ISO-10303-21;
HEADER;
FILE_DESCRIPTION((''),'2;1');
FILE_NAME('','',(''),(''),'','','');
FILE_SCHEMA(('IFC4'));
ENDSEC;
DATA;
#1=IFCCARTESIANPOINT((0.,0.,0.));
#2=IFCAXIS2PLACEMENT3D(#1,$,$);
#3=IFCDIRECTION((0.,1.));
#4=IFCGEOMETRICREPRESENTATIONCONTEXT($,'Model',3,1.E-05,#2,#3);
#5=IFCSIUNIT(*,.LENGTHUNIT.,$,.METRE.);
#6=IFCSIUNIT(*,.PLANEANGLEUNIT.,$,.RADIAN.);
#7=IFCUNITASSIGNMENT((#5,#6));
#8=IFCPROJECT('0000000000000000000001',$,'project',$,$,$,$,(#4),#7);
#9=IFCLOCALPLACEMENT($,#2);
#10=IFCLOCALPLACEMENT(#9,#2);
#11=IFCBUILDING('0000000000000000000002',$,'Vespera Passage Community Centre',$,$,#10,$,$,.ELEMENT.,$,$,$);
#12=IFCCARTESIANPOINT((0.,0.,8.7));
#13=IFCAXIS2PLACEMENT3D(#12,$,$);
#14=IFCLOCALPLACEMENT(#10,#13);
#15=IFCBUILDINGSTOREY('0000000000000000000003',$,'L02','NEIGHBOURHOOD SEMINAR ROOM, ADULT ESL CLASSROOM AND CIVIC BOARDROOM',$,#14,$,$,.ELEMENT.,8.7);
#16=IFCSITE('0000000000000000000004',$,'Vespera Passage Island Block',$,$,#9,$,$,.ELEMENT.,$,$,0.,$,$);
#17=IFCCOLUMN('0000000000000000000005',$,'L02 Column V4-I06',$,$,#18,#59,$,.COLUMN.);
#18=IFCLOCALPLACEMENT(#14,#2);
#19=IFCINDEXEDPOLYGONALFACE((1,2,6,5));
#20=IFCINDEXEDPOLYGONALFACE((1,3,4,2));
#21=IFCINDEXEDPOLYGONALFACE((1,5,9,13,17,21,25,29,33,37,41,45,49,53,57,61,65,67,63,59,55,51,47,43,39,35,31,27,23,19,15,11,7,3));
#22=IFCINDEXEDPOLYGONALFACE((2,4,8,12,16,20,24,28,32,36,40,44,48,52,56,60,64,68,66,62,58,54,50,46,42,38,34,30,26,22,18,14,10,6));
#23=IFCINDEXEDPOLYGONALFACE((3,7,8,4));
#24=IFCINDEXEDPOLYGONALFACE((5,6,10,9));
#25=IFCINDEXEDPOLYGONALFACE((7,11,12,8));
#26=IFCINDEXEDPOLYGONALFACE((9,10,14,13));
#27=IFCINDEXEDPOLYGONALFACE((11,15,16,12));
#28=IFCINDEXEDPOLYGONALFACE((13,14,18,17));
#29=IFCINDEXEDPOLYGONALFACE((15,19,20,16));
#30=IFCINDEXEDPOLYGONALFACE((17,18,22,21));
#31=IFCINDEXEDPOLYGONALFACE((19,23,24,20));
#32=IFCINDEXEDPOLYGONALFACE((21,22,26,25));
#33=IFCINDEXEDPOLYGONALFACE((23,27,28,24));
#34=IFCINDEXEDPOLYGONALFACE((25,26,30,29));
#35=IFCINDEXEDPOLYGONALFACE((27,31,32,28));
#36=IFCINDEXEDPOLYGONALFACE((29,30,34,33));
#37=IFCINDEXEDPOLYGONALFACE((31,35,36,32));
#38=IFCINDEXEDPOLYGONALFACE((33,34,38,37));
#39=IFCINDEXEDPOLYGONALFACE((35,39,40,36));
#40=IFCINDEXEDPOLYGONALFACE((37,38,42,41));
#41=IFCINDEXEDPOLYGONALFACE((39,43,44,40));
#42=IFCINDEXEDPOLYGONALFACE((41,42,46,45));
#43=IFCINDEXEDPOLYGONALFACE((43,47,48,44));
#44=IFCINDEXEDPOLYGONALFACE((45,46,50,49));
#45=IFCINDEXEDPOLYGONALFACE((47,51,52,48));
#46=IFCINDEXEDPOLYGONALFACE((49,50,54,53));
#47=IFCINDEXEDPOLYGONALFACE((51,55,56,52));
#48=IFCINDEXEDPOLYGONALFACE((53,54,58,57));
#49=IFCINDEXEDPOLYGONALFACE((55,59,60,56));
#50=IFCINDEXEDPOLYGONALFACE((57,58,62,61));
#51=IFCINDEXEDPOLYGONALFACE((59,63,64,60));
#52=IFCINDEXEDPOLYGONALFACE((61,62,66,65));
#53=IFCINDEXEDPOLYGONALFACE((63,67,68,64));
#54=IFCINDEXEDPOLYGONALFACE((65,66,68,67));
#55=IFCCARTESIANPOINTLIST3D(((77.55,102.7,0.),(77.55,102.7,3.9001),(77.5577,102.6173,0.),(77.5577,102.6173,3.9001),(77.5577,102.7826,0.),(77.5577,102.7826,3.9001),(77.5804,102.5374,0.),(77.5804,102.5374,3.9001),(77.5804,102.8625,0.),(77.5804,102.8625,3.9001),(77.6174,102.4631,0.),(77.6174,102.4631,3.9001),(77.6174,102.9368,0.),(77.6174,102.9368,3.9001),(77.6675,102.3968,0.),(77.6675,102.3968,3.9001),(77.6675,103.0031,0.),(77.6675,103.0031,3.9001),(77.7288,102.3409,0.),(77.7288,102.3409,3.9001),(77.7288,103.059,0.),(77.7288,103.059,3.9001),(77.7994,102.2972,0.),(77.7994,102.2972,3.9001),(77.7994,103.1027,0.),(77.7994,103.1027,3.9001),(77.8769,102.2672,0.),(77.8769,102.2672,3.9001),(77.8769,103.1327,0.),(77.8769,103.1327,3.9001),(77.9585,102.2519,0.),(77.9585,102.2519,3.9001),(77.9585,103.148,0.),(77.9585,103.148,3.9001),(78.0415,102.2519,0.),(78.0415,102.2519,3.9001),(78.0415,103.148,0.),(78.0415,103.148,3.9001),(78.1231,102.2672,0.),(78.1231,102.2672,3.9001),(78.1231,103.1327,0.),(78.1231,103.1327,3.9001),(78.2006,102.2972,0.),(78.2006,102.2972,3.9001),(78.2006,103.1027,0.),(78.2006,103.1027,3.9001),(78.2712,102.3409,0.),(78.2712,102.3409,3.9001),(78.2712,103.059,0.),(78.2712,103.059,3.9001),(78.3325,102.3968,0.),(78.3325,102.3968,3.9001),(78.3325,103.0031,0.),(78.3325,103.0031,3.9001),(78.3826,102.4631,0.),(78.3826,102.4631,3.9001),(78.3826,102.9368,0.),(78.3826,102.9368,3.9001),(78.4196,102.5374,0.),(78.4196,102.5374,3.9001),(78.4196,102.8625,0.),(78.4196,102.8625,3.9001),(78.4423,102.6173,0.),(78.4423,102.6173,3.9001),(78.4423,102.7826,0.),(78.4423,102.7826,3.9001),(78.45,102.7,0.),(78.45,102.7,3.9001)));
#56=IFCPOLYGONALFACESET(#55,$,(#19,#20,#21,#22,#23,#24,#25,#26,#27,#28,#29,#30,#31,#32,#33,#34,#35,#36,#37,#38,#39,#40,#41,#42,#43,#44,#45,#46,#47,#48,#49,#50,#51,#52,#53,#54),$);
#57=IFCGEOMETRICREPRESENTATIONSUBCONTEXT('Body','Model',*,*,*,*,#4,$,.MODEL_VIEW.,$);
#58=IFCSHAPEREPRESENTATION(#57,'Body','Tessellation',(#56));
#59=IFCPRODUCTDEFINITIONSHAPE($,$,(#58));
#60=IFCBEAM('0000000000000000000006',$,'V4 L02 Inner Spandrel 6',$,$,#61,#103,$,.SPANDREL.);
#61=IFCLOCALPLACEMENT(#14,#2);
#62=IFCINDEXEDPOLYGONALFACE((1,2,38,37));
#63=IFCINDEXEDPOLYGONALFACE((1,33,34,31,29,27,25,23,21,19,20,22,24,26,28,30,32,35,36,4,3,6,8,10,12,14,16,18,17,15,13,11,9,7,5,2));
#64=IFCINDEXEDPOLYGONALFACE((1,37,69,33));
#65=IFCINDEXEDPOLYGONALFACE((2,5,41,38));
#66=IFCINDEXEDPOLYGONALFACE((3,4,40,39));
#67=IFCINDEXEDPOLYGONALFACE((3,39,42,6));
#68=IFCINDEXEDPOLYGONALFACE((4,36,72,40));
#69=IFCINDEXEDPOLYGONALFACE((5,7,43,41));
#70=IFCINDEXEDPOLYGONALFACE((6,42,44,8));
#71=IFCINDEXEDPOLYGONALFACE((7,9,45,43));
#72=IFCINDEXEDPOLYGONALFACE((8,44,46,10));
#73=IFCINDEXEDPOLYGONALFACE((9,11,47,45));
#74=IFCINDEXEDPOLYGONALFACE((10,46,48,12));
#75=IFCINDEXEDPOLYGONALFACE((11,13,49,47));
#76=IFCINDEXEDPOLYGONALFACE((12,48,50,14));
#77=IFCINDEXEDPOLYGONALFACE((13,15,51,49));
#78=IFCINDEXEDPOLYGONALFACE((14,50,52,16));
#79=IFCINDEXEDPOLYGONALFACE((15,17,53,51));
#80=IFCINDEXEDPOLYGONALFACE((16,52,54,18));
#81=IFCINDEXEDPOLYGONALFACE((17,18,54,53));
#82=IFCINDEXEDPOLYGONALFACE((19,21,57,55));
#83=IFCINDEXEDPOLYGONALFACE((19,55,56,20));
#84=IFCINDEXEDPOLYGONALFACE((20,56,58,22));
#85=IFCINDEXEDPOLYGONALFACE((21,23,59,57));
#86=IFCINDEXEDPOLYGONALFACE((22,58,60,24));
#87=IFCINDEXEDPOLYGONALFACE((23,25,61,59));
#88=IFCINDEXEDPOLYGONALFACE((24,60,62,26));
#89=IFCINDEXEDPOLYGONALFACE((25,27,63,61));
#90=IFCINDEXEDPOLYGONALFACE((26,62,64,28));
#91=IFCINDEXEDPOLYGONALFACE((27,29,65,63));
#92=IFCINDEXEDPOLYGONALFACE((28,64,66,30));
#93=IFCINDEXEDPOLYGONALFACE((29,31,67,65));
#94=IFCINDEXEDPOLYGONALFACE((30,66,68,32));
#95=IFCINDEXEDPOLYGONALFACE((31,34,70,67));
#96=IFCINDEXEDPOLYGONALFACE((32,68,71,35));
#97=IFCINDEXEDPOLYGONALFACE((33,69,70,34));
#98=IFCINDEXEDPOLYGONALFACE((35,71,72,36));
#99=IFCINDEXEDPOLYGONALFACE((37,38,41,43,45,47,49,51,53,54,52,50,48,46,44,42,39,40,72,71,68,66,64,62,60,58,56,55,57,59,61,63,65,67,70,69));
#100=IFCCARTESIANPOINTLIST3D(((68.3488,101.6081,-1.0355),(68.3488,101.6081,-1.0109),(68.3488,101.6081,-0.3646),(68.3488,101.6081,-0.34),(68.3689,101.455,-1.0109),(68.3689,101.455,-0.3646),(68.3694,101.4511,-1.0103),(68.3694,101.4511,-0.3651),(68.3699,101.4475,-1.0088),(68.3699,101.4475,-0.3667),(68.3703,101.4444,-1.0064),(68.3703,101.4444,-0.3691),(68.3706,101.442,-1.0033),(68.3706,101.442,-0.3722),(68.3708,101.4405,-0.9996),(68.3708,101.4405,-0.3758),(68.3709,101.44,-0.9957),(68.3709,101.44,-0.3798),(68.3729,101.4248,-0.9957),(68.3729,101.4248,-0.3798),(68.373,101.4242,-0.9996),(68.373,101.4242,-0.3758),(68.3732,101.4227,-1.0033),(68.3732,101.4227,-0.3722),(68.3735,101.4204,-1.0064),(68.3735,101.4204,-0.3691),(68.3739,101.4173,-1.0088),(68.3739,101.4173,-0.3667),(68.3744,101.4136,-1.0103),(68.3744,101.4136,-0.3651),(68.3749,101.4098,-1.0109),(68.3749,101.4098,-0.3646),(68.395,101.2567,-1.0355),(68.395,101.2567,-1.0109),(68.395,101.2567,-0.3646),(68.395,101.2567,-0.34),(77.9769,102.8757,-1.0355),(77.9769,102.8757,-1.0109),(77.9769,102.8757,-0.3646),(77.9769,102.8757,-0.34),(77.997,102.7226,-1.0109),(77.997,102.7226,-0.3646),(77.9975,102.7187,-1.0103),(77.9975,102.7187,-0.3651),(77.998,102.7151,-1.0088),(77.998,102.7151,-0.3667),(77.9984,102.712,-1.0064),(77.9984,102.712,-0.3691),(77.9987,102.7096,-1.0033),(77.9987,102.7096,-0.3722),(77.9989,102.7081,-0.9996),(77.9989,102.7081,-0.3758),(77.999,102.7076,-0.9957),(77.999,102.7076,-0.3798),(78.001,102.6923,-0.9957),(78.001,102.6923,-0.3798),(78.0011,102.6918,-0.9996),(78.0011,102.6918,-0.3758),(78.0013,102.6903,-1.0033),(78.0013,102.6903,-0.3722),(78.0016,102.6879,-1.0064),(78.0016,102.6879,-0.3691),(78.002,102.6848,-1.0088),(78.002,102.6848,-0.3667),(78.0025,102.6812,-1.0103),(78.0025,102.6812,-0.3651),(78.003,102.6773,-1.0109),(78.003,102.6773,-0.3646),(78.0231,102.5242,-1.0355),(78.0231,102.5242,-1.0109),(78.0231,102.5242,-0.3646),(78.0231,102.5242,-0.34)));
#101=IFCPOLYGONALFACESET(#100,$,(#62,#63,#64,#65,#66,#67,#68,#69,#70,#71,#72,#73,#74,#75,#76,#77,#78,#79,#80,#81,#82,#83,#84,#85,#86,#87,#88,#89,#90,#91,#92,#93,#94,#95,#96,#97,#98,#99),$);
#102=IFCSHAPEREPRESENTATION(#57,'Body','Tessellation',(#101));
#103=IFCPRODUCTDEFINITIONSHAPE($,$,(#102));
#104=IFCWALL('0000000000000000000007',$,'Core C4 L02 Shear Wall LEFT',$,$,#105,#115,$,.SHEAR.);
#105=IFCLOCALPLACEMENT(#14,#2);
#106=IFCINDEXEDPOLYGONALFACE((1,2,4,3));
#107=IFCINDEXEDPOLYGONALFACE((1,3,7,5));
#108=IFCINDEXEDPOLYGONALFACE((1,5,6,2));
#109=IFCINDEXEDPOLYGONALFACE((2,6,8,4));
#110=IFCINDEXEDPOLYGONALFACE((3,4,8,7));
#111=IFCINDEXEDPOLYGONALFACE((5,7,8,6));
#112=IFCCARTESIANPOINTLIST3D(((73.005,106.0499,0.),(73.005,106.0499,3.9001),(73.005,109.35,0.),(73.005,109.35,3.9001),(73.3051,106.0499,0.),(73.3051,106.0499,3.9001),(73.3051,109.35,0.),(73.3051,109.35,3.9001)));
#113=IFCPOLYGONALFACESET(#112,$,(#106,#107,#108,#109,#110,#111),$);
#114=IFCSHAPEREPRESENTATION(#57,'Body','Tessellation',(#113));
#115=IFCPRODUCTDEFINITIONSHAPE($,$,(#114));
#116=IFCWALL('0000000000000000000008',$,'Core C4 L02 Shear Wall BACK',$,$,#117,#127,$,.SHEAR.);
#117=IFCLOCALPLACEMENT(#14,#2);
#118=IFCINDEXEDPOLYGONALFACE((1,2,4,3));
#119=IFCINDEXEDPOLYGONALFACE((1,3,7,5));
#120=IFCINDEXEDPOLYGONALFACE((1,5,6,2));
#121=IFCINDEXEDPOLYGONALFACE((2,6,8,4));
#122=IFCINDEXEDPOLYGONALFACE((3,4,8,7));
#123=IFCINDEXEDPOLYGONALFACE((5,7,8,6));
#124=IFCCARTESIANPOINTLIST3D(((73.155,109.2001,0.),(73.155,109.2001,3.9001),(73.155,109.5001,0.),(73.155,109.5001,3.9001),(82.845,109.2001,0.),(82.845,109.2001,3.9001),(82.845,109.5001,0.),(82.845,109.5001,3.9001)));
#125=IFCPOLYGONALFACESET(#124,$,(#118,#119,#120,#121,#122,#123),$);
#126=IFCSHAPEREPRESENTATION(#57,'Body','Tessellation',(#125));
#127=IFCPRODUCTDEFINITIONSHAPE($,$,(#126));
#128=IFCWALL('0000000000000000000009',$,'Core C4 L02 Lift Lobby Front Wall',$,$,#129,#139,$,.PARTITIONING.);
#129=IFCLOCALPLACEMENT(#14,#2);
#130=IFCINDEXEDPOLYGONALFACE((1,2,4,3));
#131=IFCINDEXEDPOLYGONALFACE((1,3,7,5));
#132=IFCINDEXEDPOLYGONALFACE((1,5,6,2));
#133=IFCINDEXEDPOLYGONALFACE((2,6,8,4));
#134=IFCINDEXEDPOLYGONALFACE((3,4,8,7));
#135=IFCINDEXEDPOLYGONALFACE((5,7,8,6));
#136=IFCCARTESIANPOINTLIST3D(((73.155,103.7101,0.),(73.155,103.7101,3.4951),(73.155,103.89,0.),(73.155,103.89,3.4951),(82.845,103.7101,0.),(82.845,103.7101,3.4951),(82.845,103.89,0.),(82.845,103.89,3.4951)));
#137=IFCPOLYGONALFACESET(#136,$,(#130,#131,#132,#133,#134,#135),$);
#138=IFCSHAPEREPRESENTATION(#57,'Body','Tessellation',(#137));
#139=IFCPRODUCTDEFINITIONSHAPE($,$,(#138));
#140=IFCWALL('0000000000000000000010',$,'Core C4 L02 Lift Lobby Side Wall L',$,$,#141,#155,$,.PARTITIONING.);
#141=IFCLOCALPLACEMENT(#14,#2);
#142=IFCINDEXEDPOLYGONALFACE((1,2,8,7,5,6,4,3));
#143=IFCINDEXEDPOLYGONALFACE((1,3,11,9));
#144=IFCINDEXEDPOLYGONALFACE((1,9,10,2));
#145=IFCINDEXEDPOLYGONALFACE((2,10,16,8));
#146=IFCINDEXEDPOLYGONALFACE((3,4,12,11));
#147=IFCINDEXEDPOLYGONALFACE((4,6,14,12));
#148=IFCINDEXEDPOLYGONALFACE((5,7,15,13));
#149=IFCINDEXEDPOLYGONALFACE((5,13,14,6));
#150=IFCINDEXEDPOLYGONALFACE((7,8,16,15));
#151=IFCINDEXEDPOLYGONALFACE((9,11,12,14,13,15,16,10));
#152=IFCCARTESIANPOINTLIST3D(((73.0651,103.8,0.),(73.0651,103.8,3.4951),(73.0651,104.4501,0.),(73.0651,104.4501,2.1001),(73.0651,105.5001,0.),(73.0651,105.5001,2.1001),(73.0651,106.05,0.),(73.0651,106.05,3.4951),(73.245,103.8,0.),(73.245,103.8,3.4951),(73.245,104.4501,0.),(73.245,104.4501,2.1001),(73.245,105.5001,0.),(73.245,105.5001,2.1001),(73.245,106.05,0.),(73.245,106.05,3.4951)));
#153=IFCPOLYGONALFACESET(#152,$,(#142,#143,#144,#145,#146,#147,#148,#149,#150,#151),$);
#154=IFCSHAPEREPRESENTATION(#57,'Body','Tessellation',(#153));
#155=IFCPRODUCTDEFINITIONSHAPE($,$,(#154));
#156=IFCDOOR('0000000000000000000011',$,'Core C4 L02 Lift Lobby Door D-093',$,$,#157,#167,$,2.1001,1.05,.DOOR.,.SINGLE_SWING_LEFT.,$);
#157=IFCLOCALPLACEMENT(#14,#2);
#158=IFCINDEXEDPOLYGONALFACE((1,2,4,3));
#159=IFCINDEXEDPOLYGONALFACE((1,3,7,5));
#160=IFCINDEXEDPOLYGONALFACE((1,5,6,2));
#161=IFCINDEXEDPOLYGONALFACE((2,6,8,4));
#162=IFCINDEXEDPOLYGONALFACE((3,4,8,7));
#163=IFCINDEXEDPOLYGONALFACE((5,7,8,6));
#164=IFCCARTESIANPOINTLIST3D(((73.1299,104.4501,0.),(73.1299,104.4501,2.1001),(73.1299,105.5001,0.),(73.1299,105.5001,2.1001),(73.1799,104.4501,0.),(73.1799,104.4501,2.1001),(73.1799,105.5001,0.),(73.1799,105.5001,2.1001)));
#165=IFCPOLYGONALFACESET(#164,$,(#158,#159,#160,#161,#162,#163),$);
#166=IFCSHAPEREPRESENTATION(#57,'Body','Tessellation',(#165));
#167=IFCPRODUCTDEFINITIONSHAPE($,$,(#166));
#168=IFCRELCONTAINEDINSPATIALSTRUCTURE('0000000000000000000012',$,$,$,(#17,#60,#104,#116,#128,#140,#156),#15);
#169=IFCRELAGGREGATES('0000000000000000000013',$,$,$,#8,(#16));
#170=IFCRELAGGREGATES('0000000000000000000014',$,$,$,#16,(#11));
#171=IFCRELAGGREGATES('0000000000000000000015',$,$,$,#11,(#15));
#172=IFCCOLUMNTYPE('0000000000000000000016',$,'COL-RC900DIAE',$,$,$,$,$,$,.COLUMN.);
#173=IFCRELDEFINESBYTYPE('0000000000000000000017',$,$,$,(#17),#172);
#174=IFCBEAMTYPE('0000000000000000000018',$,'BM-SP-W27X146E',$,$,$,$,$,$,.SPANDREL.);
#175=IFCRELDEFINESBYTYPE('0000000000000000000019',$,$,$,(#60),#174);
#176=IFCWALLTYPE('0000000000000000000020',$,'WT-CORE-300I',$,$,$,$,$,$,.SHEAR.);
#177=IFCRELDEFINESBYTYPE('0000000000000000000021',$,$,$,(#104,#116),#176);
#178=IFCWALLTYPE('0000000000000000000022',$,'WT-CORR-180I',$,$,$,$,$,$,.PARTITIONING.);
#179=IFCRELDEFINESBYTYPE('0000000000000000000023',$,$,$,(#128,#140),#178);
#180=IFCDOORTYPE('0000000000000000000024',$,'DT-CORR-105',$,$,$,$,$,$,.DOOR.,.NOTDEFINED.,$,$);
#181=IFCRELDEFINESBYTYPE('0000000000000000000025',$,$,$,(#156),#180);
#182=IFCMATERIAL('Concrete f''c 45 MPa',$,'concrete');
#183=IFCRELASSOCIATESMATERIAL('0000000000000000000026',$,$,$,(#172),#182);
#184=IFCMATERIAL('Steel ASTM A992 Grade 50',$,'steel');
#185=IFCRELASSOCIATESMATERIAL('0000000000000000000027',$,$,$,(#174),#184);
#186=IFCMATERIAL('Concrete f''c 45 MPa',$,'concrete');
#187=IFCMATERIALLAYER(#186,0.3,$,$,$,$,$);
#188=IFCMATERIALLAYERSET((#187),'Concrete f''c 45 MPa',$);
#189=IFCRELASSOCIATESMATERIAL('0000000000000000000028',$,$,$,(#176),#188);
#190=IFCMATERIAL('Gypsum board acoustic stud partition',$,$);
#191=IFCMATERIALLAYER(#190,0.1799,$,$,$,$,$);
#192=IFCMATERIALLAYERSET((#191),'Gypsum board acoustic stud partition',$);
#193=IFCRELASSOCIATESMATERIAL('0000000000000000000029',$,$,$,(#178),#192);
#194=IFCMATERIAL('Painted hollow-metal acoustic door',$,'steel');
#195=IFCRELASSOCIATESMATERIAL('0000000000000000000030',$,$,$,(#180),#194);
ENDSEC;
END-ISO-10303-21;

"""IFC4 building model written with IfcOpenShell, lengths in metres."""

from ifc_helpers import new_model, si_unit, direction, frame, frame_2d, origin, origin_2d, place, context, subcontext, project, spatial, rectangle, circle, i_section, extrude, material, layer, layer_set, material_profile, profile_set, type_object, element, fill, save


model = new_model("IFC4")

# Units and contexts
model_context = context("Model", 3, precision=1e-05, world=origin(), true_north=direction((0.0, 1.0)))
body_context = subcontext(model_context, "Body", "Model", "MODEL_VIEW")
ifc_project = project(units=[si_unit("LENGTHUNIT", "METRE"), si_unit("PLANEANGLEUNIT", "RADIAN")], contexts=[model_context])

# Site, building, storey
site_placement = place(None, origin())
site = spatial("IfcSite", under=ifc_project, at=site_placement, Name="Vespera Passage Island Block", CompositionType="ELEMENT", RefElevation=0.0)
building_placement = place(site_placement, origin())
building = spatial("IfcBuilding", under=site, at=building_placement, Name="Vespera Passage Community Centre", CompositionType="ELEMENT")
storey_placement = place(building_placement, frame((0.0, 0.0, 8.7)))
storey = spatial("IfcBuildingStorey", under=building, at=storey_placement, Name="L02", Description="NEIGHBOURHOOD SEMINAR ROOM, ADULT ESL CLASSROOM AND CIVIC BOARDROOM", CompositionType="ELEMENT", Elevation=8.7)

# Column
ifc_material_1 = material(Name="Concrete f'c 45 MPa", Category="concrete")
ifc_material_profile_1 = material_profile(ifc_material_1, circle(Radius=0.45, at=origin_2d()), Name="RC900DIA")
ifc_profile_set_1 = profile_set([ifc_material_profile_1], Name="Concrete f'c 45 MPa")
column_type = type_object("IfcColumnType", Name="COL-RC900DIAE", PredefinedType="COLUMN", material=ifc_profile_set_1)
column_placement = place(storey_placement, frame((78.0, 102.7, 0.0), z_axis=(0.0, 0.0, 1.0), x_axis=(1.0, 0.0, 0.0)))
element("IfcColumn", 1, at=column_placement, inside=storey, type_object=column_type, Name="L02 Column V4-I06", PredefinedType="COLUMN", context=body_context, shape_type="SweptSolid", body=[
    extrude(circle(Radius=0.45, at=origin_2d()), origin(), (0.0, 0.0, 1.0), 3.9001),
])

# Beam
ifc_material_2 = material(Name="Steel ASTM A992 Grade 50", Category="steel")
ifc_material_profile_2 = material_profile(ifc_material_2, i_section(OverallWidth=0.3545, OverallDepth=0.6956, WebThickness=0.0154, FlangeThickness=0.0247, FilletRadius=0.0151, at=origin_2d()), Name="W27X146")
ifc_profile_set_2 = profile_set([ifc_material_profile_2], Name="Steel ASTM A992 Grade 50")
beam_type = type_object("IfcBeamType", Name="BM-SP-W27X146E", PredefinedType="SPANDREL", material=ifc_profile_set_2)
beam_placement = place(storey_placement, frame((78.0, 102.7, -0.6877), z_axis=(-0.991445, -0.130527, 0.0), x_axis=(0.130527, -0.991445, 0.0)))
element("IfcBeam", 2, at=beam_placement, inside=storey, type_object=beam_type, Name="V4 L02 Inner Spandrel 6", PredefinedType="SPANDREL", context=body_context, shape_type="SweptSolid", body=[
    extrude(i_section(OverallWidth=0.3545, OverallDepth=0.6956, WebThickness=0.0154, FlangeThickness=0.0247, FilletRadius=0.0151, at=origin_2d()), origin(), (0.0, 0.0, 1.0), 9.7112),
])

# Walls
ifc_material_3 = material(Name="Concrete f'c 45 MPa", Category="concrete")
ifc_layer_1 = layer(ifc_material_3, 0.3)
ifc_layer_set_1 = layer_set([ifc_layer_1], Name="Concrete f'c 45 MPa")
wall_type_1 = type_object("IfcWallType", Name="WT-CORE-300I", PredefinedType="SHEAR", material=ifc_layer_set_1)
wall_1_placement = place(storey_placement, frame((73.155, 106.05, 0.0), z_axis=(0.0, 0.0, 1.0), x_axis=(0.0, 1.0, 0.0)))
element("IfcWall", 3, at=wall_1_placement, inside=storey, type_object=wall_type_1, Name="Core C4 L02 Shear Wall LEFT", PredefinedType="SHEAR", context=body_context, shape_type="SweptSolid", body=[
    extrude(rectangle(XDim=3.3, YDim=0.3, at=frame_2d((1.6499, 0.0))), origin(), (0.0, 0.0, 1.0), 3.9001),
])
wall_2_placement = place(storey_placement, frame((73.155, 109.3501, 0.0), z_axis=(0.0, 0.0, 1.0), x_axis=(1.0, 0.0, 0.0)))
element("IfcWall", 4, at=wall_2_placement, inside=storey, type_object=wall_type_1, Name="Core C4 L02 Shear Wall BACK", PredefinedType="SHEAR", context=body_context, shape_type="SweptSolid", body=[
    extrude(rectangle(XDim=9.6899, YDim=0.3, at=frame_2d((4.845, 0.0))), origin(), (0.0, 0.0, 1.0), 3.9001),
])
ifc_material_4 = material(Name="Gypsum board acoustic stud partition")
ifc_layer_2 = layer(ifc_material_4, 0.1799)
ifc_layer_set_2 = layer_set([ifc_layer_2], Name="Gypsum board acoustic stud partition")
wall_type_2 = type_object("IfcWallType", Name="WT-CORR-180I", PredefinedType="PARTITIONING", material=ifc_layer_set_2)
wall_3_placement = place(storey_placement, frame((73.155, 103.8, 0.0), z_axis=(0.0, 0.0, 1.0), x_axis=(1.0, 0.0, 0.0)))
element("IfcWall", 5, at=wall_3_placement, inside=storey, type_object=wall_type_2, Name="Core C4 L02 Lift Lobby Front Wall", PredefinedType="PARTITIONING", context=body_context, shape_type="SweptSolid", body=[
    extrude(rectangle(XDim=9.6899, YDim=0.1799, at=frame_2d((4.845, 0.0))), origin(), (0.0, 0.0, 1.0), 3.4951),
])

# Wall, opening, door
wall_4_placement = place(storey_placement, frame((73.155, 106.05, 0.0), z_axis=(0.0, 0.0, 1.0), x_axis=(0.0, -1.0, 0.0)))
wall_4 = element("IfcWall", 6, at=wall_4_placement, inside=storey, type_object=wall_type_2, Name="Core C4 L02 Lift Lobby Side Wall L", PredefinedType="PARTITIONING", context=body_context, shape_type="SweptSolid", body=[
    extrude(rectangle(XDim=2.25, YDim=0.1799, at=frame_2d((1.125, 0.0))), origin(), (0.0, 0.0, 1.0), 3.4951),
])
opening_1_placement = place(wall_4_placement, frame((0.55, 0.0, 0.0)))
opening_1 = element("IfcOpeningElement", 7, at=opening_1_placement, cuts=wall_4, PredefinedType="OPENING", context=body_context, shape_type="SweptSolid", body=[
    extrude(rectangle(XDim=1.05, YDim=2.1001, at=frame_2d((0.5249, 1.05))), frame((0.0, 0.0999, 0.0), z_axis=(0.0, -1.0, 0.0), x_axis=(1.0, 0.0, 0.0)), (0.0, 0.0, 1.0), 0.2),
])
ifc_material_5 = material(Name="Painted hollow-metal acoustic door", Category="steel")
door_type_1 = type_object("IfcDoorType", Name="DT-CORR-105", OperationType="NOTDEFINED", PredefinedType="DOOR", material=ifc_material_5)
door_1_placement = place(opening_1_placement, origin())
door_1 = element("IfcDoor", 8, at=door_1_placement, inside=storey, type_object=door_type_1, Name="Core C4 L02 Lift Lobby Door D-093", OperationType="SINGLE_SWING_LEFT", OverallHeight=2.1001, OverallWidth=1.05, PredefinedType="DOOR", context=body_context, shape_type="SweptSolid", body=[
    extrude(rectangle(XDim=1.05, YDim=2.1001, at=frame_2d((0.5249, 1.05))), frame((0.0, 0.0249, 0.0), z_axis=(0.0, -1.0, 0.0), x_axis=(1.0, 0.0, 0.0)), (0.0, 0.0, 1.0), 0.05),
])
fill(opening_1, door_1)

save(model, "model.ifc")
